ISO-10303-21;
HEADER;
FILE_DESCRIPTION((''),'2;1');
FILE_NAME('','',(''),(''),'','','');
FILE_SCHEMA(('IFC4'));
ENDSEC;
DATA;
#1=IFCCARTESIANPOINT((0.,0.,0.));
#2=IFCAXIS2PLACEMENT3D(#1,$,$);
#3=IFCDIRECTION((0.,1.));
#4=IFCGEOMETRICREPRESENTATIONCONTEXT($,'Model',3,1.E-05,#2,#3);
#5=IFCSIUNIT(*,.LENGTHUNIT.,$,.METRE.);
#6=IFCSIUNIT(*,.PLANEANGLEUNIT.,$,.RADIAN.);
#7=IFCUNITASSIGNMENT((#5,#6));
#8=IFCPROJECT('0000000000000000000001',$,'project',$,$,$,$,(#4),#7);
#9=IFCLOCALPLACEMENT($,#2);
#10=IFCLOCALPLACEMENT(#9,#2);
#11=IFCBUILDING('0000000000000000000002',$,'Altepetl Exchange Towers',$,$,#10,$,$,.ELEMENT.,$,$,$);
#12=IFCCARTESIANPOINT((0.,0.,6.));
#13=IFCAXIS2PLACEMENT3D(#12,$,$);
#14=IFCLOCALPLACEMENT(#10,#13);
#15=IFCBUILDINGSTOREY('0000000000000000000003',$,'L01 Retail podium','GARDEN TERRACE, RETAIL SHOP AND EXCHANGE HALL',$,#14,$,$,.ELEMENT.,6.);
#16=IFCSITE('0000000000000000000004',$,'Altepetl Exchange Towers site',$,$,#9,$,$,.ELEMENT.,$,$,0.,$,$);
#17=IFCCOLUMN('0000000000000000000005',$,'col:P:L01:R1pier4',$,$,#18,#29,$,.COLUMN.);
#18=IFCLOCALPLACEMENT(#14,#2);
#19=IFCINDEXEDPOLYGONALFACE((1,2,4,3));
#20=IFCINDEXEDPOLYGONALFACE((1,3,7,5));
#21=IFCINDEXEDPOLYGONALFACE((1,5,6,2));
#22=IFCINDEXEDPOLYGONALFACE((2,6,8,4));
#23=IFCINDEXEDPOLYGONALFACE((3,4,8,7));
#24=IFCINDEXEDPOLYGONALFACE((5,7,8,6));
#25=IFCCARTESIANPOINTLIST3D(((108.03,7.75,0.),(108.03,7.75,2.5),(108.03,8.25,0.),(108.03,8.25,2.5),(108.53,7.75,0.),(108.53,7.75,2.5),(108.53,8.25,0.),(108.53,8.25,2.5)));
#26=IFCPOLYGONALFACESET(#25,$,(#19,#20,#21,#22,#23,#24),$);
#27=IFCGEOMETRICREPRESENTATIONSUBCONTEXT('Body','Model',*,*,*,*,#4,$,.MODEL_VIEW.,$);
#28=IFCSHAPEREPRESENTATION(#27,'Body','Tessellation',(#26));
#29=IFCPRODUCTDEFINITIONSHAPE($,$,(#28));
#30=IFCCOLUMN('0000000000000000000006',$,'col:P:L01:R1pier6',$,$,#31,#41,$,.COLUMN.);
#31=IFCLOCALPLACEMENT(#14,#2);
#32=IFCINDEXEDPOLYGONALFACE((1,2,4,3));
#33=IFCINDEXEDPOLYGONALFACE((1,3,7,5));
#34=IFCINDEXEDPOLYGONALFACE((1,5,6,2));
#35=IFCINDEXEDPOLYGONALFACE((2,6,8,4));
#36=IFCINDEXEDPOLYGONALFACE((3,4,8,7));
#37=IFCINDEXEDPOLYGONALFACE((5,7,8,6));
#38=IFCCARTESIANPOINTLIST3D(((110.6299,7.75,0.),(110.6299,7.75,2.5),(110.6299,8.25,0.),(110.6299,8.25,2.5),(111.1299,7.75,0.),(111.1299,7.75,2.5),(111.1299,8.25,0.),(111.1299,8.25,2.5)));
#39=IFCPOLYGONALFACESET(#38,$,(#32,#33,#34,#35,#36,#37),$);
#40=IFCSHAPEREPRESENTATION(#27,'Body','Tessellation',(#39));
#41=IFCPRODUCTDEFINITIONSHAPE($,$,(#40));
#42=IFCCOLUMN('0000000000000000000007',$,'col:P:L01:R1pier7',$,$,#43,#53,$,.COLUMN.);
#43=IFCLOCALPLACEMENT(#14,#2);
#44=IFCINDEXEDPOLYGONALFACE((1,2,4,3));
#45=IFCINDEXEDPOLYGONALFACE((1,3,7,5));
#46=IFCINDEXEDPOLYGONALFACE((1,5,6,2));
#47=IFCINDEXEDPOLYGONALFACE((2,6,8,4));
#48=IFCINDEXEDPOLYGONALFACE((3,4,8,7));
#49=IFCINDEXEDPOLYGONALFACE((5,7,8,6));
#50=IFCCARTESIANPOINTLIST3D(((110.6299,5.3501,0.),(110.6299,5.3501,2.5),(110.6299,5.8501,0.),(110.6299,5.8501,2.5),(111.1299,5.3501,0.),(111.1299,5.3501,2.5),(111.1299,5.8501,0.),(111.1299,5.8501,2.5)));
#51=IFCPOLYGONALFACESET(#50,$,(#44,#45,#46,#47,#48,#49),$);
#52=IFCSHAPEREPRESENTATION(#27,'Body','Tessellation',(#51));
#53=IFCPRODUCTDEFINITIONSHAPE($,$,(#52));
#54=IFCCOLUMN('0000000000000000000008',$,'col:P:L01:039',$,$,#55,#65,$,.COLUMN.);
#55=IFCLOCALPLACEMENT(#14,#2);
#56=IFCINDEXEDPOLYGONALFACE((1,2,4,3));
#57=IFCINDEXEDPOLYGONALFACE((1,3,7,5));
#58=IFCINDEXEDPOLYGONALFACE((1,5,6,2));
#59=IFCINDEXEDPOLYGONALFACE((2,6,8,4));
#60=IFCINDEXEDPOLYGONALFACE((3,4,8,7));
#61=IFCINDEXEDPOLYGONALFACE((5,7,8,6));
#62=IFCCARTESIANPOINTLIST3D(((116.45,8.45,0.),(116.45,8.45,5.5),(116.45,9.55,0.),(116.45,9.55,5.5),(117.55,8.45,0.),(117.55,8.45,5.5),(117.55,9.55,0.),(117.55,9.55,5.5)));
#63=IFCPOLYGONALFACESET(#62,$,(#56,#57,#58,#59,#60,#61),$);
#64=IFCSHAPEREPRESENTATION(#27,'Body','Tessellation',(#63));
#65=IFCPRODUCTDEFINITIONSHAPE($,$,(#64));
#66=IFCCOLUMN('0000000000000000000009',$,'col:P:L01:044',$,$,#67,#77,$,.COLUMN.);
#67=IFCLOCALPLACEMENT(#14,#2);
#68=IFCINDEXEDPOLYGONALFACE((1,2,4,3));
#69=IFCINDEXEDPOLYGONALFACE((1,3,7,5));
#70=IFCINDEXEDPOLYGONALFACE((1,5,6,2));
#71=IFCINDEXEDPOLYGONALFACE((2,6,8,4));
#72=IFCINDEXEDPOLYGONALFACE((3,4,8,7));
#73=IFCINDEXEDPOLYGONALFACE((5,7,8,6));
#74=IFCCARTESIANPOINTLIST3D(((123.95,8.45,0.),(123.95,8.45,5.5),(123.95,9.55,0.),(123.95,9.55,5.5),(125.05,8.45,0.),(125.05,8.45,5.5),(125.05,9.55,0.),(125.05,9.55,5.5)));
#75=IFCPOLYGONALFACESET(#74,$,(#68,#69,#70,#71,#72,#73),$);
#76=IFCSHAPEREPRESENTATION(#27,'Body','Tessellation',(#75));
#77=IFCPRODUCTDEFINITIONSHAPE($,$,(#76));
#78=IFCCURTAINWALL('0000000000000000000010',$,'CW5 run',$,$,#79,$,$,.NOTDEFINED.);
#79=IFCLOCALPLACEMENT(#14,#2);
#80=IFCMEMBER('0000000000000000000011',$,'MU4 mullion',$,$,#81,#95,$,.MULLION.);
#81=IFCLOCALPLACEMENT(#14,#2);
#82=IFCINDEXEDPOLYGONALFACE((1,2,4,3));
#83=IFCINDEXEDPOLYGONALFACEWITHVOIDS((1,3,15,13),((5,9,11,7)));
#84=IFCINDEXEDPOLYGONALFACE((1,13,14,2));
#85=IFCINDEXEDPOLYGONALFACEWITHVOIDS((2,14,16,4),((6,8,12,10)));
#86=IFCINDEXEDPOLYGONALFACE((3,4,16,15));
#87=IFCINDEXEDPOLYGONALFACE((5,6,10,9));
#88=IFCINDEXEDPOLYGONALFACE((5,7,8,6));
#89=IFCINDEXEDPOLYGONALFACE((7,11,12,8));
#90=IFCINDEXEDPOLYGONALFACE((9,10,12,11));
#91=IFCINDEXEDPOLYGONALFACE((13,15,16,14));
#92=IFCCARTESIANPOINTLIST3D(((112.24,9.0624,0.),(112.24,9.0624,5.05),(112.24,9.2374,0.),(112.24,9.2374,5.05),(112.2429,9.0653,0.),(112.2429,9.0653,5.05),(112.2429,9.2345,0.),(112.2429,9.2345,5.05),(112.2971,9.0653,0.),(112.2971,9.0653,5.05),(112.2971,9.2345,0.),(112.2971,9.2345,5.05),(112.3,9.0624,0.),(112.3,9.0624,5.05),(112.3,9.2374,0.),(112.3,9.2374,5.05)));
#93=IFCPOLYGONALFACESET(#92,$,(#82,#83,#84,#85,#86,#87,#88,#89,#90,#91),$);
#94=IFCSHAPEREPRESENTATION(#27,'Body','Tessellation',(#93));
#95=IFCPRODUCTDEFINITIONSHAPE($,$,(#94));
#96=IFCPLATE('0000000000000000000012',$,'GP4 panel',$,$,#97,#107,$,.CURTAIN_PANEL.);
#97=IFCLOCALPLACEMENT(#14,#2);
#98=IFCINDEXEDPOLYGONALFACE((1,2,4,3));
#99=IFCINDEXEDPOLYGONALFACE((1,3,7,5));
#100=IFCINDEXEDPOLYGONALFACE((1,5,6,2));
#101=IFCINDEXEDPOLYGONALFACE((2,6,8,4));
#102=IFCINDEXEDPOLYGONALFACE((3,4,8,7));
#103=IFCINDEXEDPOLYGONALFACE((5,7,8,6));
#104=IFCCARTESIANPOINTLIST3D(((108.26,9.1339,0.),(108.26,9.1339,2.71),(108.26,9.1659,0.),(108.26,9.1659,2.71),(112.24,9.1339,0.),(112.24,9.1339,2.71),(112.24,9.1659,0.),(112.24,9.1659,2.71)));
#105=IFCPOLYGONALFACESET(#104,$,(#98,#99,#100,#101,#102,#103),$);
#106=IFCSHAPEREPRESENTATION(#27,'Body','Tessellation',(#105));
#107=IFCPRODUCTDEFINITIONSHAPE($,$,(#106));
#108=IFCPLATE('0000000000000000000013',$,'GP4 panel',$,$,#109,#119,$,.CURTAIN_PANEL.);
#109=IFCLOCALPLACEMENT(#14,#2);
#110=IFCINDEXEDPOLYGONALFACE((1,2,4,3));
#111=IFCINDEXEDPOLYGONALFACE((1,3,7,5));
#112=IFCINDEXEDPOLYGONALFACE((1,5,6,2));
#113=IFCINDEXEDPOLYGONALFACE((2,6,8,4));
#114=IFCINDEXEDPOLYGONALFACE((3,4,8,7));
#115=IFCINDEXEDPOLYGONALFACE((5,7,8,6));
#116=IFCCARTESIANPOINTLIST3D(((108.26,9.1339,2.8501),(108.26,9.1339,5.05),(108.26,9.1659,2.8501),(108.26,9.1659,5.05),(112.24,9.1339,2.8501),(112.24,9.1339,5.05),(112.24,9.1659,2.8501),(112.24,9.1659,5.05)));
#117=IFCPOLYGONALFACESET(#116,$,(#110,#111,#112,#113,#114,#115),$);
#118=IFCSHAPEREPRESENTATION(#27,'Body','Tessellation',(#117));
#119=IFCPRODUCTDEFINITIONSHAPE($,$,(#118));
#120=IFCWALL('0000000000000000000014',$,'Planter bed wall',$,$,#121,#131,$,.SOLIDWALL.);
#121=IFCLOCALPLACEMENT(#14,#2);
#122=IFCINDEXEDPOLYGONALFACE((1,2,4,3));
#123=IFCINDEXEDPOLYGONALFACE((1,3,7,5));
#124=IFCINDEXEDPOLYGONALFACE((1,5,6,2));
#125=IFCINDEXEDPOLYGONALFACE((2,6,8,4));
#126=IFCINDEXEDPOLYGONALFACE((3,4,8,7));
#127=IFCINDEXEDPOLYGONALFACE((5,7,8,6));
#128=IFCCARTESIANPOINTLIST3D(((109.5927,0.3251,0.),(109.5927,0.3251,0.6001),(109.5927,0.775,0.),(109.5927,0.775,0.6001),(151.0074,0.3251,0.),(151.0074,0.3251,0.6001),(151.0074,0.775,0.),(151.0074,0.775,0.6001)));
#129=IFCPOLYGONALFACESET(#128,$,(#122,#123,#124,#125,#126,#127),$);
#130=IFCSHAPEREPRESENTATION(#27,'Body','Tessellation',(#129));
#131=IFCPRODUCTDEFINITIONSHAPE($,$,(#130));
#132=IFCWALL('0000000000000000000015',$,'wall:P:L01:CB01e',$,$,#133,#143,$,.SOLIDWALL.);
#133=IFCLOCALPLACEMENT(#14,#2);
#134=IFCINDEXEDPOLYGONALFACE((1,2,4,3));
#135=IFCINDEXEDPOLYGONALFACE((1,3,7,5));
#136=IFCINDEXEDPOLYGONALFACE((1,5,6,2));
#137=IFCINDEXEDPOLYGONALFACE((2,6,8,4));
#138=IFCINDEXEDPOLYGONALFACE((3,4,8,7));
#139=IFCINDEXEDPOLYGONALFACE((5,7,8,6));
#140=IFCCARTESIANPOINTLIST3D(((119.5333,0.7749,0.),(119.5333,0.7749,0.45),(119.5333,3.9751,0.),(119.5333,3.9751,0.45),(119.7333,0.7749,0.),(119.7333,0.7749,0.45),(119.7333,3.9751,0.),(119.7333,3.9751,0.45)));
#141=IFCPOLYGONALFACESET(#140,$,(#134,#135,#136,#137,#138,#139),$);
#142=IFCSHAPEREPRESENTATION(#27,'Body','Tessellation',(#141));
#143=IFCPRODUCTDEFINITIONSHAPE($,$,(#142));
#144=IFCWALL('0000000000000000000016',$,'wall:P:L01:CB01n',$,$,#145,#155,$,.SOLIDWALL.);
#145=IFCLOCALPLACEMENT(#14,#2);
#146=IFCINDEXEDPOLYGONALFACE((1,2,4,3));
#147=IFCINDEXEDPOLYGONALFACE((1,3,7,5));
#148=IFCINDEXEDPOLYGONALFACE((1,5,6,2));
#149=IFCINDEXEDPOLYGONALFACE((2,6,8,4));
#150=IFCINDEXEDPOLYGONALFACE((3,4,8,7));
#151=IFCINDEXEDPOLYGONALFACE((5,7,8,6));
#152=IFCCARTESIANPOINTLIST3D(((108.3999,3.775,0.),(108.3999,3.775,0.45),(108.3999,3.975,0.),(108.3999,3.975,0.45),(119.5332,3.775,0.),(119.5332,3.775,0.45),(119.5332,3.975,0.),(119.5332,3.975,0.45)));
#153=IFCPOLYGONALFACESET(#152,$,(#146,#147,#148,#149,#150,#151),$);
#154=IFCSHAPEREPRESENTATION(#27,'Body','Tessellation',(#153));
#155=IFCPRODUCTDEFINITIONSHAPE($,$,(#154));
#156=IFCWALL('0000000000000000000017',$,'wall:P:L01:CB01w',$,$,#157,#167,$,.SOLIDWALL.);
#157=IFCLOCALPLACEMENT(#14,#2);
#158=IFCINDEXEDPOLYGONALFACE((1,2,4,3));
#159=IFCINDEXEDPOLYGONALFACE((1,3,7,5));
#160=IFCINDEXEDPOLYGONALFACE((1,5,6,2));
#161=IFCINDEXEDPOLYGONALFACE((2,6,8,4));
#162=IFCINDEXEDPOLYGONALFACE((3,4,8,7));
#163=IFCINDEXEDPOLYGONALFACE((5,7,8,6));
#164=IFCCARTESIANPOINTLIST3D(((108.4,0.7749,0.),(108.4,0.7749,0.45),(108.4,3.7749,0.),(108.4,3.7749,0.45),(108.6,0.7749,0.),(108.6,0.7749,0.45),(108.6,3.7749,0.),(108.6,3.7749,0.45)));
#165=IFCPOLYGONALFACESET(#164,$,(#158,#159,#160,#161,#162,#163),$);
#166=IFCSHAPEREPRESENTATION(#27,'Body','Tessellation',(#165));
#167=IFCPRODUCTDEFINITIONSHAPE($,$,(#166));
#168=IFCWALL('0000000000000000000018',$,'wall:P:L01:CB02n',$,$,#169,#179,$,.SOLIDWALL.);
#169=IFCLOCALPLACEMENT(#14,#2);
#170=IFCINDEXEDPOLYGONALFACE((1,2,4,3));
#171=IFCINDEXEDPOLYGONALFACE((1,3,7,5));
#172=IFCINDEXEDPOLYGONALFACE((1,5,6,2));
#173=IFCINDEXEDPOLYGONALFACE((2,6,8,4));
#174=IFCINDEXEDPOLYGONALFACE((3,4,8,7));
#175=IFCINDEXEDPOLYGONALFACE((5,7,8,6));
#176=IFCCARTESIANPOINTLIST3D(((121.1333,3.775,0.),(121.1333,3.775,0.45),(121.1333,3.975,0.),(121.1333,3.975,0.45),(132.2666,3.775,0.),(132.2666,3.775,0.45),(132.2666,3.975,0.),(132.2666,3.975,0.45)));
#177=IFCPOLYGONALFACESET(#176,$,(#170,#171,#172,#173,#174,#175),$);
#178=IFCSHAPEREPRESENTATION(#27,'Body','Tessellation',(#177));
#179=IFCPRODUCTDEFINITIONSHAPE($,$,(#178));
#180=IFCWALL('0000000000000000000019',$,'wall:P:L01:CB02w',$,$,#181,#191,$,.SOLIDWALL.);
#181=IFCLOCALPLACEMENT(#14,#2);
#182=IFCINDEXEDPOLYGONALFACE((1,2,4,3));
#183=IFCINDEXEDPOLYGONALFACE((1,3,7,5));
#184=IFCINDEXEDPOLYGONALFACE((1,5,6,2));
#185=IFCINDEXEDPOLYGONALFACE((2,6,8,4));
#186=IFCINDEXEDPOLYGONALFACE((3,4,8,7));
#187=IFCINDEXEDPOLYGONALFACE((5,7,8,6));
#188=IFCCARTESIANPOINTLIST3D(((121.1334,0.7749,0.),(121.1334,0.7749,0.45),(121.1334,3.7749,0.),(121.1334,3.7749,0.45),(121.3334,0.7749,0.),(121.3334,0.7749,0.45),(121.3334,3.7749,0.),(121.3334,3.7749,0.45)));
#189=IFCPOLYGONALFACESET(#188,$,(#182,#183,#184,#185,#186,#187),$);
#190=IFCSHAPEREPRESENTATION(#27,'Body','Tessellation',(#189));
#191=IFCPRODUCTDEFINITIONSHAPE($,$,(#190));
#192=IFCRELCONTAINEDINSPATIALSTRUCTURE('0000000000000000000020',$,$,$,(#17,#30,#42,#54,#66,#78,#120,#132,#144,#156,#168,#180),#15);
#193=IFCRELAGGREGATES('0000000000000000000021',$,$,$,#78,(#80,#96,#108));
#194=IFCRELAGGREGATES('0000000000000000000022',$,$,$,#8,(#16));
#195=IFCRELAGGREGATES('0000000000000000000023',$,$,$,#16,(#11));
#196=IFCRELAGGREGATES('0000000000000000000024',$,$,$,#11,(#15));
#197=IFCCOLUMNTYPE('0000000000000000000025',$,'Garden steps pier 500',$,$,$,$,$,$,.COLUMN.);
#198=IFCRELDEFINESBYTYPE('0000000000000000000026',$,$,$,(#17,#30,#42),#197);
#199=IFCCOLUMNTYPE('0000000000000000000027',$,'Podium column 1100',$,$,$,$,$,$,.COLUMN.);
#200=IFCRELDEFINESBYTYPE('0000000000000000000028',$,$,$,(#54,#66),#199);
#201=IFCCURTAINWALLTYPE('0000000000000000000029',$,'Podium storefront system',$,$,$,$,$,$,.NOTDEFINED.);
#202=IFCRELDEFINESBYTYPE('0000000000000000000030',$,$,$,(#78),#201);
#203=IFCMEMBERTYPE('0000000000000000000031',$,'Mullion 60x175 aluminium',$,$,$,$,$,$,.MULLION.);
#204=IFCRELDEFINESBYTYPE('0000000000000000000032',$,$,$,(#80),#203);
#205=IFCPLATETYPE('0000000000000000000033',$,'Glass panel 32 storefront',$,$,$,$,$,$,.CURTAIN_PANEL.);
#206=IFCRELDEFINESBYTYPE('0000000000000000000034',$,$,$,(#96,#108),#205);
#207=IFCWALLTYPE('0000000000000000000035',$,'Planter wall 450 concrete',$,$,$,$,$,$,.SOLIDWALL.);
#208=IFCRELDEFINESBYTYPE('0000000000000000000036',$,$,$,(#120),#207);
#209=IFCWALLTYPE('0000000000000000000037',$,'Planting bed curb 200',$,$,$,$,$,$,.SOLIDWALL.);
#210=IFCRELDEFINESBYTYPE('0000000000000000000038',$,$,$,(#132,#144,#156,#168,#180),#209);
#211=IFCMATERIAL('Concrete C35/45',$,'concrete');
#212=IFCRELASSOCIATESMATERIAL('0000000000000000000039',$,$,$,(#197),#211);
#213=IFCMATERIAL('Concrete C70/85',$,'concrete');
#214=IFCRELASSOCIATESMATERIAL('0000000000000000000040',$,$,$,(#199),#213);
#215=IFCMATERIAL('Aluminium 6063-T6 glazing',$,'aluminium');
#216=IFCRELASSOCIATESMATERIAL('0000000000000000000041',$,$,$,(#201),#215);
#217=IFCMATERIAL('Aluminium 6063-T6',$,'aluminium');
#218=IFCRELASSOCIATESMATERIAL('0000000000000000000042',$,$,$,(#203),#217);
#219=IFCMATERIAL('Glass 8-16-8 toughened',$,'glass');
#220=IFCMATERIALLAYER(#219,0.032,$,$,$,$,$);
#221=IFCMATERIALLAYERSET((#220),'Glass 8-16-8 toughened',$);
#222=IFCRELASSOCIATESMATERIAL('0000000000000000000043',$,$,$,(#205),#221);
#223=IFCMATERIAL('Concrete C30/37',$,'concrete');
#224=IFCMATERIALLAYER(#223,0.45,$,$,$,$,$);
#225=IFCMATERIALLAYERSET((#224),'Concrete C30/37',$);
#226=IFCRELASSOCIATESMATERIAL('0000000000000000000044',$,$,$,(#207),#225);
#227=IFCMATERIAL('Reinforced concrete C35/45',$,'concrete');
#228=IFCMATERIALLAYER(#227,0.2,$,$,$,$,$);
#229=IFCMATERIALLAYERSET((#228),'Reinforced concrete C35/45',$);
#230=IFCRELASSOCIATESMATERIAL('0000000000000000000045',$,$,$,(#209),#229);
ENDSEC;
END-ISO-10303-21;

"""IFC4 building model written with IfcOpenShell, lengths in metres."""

from ifc_helpers import new_model, si_unit, direction, frame, frame_2d, origin, origin_2d, place, context, subcontext, project, spatial, rectangle, hollow_rectangle, extrude, material, layer, layer_set, material_profile, profile_set, type_object, element, aggregate, save


model = new_model("IFC4")

# Units and contexts
model_context = context("Model", 3, precision=1e-05, world=origin(), true_north=direction((0.0, 1.0)))
body_context = subcontext(model_context, "Body", "Model", "MODEL_VIEW")
ifc_project = project(units=[si_unit("LENGTHUNIT", "METRE"), si_unit("PLANEANGLEUNIT", "RADIAN")], contexts=[model_context])

# Site, building, storey
site_placement = place(None, origin())
site = spatial("IfcSite", under=ifc_project, at=site_placement, Name="Altepetl Exchange Towers site", CompositionType="ELEMENT", RefElevation=0.0)
building_placement = place(site_placement, origin())
building = spatial("IfcBuilding", under=site, at=building_placement, Name="Altepetl Exchange Towers", CompositionType="ELEMENT")
storey_placement = place(building_placement, frame((0.0, 0.0, 6.0)))
storey = spatial("IfcBuildingStorey", under=building, at=storey_placement, Name="L01 Retail podium", Description="GARDEN TERRACE, RETAIL SHOP AND EXCHANGE HALL", CompositionType="ELEMENT", Elevation=6.0)

# Columns
ifc_material_1 = material(Name="Concrete C35/45", Category="concrete")
ifc_material_profile_1 = material_profile(ifc_material_1, rectangle(XDim=0.5, YDim=0.5, at=origin_2d()), Name="500 x 500")
ifc_profile_set_1 = profile_set([ifc_material_profile_1], Name="Concrete C35/45")
column_type_1 = type_object("IfcColumnType", Name="Garden steps pier 500", PredefinedType="COLUMN", material=ifc_profile_set_1)
for number, where, name in (
    (1, (108.28, 8.0, 0.0), "col:P:L01:R1pier4"),
    (2, (110.8799, 8.0, 0.0), "col:P:L01:R1pier6"),
    (3, (110.8799, 5.6001, 0.0), "col:P:L01:R1pier7"),
):
    element("IfcColumn", number, at=place(storey_placement, frame(where)), inside=storey, type_object=column_type_1, Name=name, PredefinedType="COLUMN", context=body_context, shape_type="SweptSolid", body=[
        extrude(rectangle(XDim=0.5, YDim=0.5, at=origin_2d()), origin(), (0.0, 0.0, 1.0), 2.5),
    ])
ifc_material_2 = material(Name="Concrete C70/85", Category="concrete")
ifc_material_profile_2 = material_profile(ifc_material_2, rectangle(XDim=1.1001, YDim=1.1001, at=origin_2d()), Name="1100 x 1100")
ifc_profile_set_2 = profile_set([ifc_material_profile_2], Name="Concrete C70/85")
column_type_2 = type_object("IfcColumnType", Name="Podium column 1100", PredefinedType="COLUMN", material=ifc_profile_set_2)
for number, where, name in (
    (4, (117.0, 9.0, 0.0), "col:P:L01:039"),
    (5, (124.5, 9.0, 0.0), "col:P:L01:044"),
):
    element("IfcColumn", number, at=place(storey_placement, frame(where)), inside=storey, type_object=column_type_2, Name=name, PredefinedType="COLUMN", context=body_context, shape_type="SweptSolid", body=[
        extrude(rectangle(XDim=1.1001, YDim=1.1001, at=origin_2d()), origin(), (0.0, 0.0, 1.0), 5.5),
    ])

# Curtain wall, member, plates
ifc_material_3 = material(Name="Aluminium 6063-T6 glazing", Category="aluminium")
curtain_wall_type = type_object("IfcCurtainWallType", Name="Podium storefront system", PredefinedType="NOTDEFINED", material=ifc_material_3)
curtain_wall_placement = place(storey_placement, origin())
curtain_wall = element("IfcCurtainWall", 6, at=curtain_wall_placement, inside=storey, type_object=curtain_wall_type, Name="CW5 run", PredefinedType="NOTDEFINED")
ifc_material_4 = material(Name="Aluminium 6063-T6", Category="aluminium")
ifc_material_profile_3 = material_profile(ifc_material_4, hollow_rectangle(XDim=0.0601, YDim=0.175, WallThickness=0.0029, at=origin_2d()), Name="Mullion 60x175 aluminium")
ifc_profile_set_3 = profile_set([ifc_material_profile_3], Name="Aluminium 6063-T6")
member_type = type_object("IfcMemberType", Name="Mullion 60x175 aluminium", PredefinedType="MULLION", material=ifc_profile_set_3)
member_placement = place(storey_placement, frame((112.27, 9.1499, 0.0)))
member = element("IfcMember", 7, at=member_placement, type_object=member_type, Name="MU4 mullion", PredefinedType="MULLION", context=body_context, shape_type="SweptSolid", body=[
    extrude(hollow_rectangle(XDim=0.0601, YDim=0.175, WallThickness=0.0029, at=origin_2d()), origin(), (0.0, 0.0, 1.0), 5.05),
])
ifc_material_5 = material(Name="Glass 8-16-8 toughened", Category="glass")
ifc_layer_1 = layer(ifc_material_5, 0.032)
ifc_layer_set_1 = layer_set([ifc_layer_1], Name="Glass 8-16-8 toughened")
plate_type = type_object("IfcPlateType", Name="Glass panel 32 storefront", PredefinedType="CURTAIN_PANEL", material=ifc_layer_set_1)
plate_1_placement = place(storey_placement, frame((110.25, 9.1499, 0.0)))
plate_1 = element("IfcPlate", 8, at=plate_1_placement, type_object=plate_type, Name="GP4 panel", PredefinedType="CURTAIN_PANEL", context=body_context, shape_type="SweptSolid", body=[
    extrude(rectangle(XDim=3.98, YDim=0.032, at=origin_2d()), origin(), (0.0, 0.0, 1.0), 2.71),
])
plate_2_placement = place(storey_placement, frame((110.25, 9.1499, 2.8501)))
plate_2 = element("IfcPlate", 9, at=plate_2_placement, type_object=plate_type, Name="GP4 panel", PredefinedType="CURTAIN_PANEL", context=body_context, shape_type="SweptSolid", body=[
    extrude(rectangle(XDim=3.98, YDim=0.032, at=origin_2d()), origin(), (0.0, 0.0, 1.0), 2.2),
])
aggregate(curtain_wall, [member, plate_1, plate_2])

# Walls
ifc_material_6 = material(Name="Concrete C30/37", Category="concrete")
ifc_layer_2 = layer(ifc_material_6, 0.45)
ifc_layer_set_2 = layer_set([ifc_layer_2], Name="Concrete C30/37")
wall_type_1 = type_object("IfcWallType", Name="Planter wall 450 concrete", PredefinedType="SOLIDWALL", material=ifc_layer_set_2)
wall_1_placement = place(storey_placement, frame((109.5925, 0.55, 0.0)))
element("IfcWall", 10, at=wall_1_placement, inside=storey, type_object=wall_type_1, Name="Planter bed wall", PredefinedType="SOLIDWALL", context=body_context, shape_type="SweptSolid", body=[
    extrude(rectangle(XDim=41.4148, YDim=0.45, at=frame_2d((20.7075, 0.0))), origin(), (0.0, 0.0, 1.0), 0.6001),
])
ifc_material_7 = material(Name="Reinforced concrete C35/45", Category="concrete")
ifc_layer_3 = layer(ifc_material_7, 0.2)
ifc_layer_set_3 = layer_set([ifc_layer_3], Name="Reinforced concrete C35/45")
wall_type_2 = type_object("IfcWallType", Name="Planting bed curb 200", PredefinedType="SOLIDWALL", material=ifc_layer_set_3)
wall_2_placement = place(storey_placement, frame((119.6333, 0.7749, 0.0), z_axis=(0.0, 0.0, 1.0), x_axis=(0.0, 1.0, 0.0)))
element("IfcWall", 11, at=wall_2_placement, inside=storey, type_object=wall_type_2, Name="wall:P:L01:CB01e", PredefinedType="SOLIDWALL", context=body_context, shape_type="SweptSolid", body=[
    extrude(rectangle(XDim=3.2002, YDim=0.2, at=frame_2d((1.6001, 0.0))), origin(), (0.0, 0.0, 1.0), 0.45),
])
wall_3_placement = place(storey_placement, frame((108.3999, 3.875, 0.0)))
element("IfcWall", 12, at=wall_3_placement, inside=storey, type_object=wall_type_2, Name="wall:P:L01:CB01n", PredefinedType="SOLIDWALL", context=body_context, shape_type="SweptSolid", body=[
    extrude(rectangle(XDim=11.1333, YDim=0.2, at=frame_2d((5.5667, 0.0))), origin(), (0.0, 0.0, 1.0), 0.45),
])
wall_4_placement = place(storey_placement, frame((108.5, 0.7749, 0.0), z_axis=(0.0, 0.0, 1.0), x_axis=(0.0, 1.0, 0.0)))
element("IfcWall", 13, at=wall_4_placement, inside=storey, type_object=wall_type_2, Name="wall:P:L01:CB01w", PredefinedType="SOLIDWALL", context=body_context, shape_type="SweptSolid", body=[
    extrude(rectangle(XDim=3.0, YDim=0.2, at=frame_2d((1.5, 0.0))), origin(), (0.0, 0.0, 1.0), 0.45),
])
wall_5_placement = place(storey_placement, frame((121.1333, 3.875, 0.0)))
element("IfcWall", 14, at=wall_5_placement, inside=storey, type_object=wall_type_2, Name="wall:P:L01:CB02n", PredefinedType="SOLIDWALL", context=body_context, shape_type="SweptSolid", body=[
    extrude(rectangle(XDim=11.1333, YDim=0.2, at=frame_2d((5.5667, 0.0))), origin(), (0.0, 0.0, 1.0), 0.45),
])
wall_6_placement = place(storey_placement, frame((121.2334, 0.7749, 0.0), z_axis=(0.0, 0.0, 1.0), x_axis=(0.0, 1.0, 0.0)))
element("IfcWall", 15, at=wall_6_placement, inside=storey, type_object=wall_type_2, Name="wall:P:L01:CB02w", PredefinedType="SOLIDWALL", context=body_context, shape_type="SweptSolid", body=[
    extrude(rectangle(XDim=3.0, YDim=0.2, at=frame_2d((1.5, 0.0))), origin(), (0.0, 0.0, 1.0), 0.45),
])

save(model, "model.ifc")
